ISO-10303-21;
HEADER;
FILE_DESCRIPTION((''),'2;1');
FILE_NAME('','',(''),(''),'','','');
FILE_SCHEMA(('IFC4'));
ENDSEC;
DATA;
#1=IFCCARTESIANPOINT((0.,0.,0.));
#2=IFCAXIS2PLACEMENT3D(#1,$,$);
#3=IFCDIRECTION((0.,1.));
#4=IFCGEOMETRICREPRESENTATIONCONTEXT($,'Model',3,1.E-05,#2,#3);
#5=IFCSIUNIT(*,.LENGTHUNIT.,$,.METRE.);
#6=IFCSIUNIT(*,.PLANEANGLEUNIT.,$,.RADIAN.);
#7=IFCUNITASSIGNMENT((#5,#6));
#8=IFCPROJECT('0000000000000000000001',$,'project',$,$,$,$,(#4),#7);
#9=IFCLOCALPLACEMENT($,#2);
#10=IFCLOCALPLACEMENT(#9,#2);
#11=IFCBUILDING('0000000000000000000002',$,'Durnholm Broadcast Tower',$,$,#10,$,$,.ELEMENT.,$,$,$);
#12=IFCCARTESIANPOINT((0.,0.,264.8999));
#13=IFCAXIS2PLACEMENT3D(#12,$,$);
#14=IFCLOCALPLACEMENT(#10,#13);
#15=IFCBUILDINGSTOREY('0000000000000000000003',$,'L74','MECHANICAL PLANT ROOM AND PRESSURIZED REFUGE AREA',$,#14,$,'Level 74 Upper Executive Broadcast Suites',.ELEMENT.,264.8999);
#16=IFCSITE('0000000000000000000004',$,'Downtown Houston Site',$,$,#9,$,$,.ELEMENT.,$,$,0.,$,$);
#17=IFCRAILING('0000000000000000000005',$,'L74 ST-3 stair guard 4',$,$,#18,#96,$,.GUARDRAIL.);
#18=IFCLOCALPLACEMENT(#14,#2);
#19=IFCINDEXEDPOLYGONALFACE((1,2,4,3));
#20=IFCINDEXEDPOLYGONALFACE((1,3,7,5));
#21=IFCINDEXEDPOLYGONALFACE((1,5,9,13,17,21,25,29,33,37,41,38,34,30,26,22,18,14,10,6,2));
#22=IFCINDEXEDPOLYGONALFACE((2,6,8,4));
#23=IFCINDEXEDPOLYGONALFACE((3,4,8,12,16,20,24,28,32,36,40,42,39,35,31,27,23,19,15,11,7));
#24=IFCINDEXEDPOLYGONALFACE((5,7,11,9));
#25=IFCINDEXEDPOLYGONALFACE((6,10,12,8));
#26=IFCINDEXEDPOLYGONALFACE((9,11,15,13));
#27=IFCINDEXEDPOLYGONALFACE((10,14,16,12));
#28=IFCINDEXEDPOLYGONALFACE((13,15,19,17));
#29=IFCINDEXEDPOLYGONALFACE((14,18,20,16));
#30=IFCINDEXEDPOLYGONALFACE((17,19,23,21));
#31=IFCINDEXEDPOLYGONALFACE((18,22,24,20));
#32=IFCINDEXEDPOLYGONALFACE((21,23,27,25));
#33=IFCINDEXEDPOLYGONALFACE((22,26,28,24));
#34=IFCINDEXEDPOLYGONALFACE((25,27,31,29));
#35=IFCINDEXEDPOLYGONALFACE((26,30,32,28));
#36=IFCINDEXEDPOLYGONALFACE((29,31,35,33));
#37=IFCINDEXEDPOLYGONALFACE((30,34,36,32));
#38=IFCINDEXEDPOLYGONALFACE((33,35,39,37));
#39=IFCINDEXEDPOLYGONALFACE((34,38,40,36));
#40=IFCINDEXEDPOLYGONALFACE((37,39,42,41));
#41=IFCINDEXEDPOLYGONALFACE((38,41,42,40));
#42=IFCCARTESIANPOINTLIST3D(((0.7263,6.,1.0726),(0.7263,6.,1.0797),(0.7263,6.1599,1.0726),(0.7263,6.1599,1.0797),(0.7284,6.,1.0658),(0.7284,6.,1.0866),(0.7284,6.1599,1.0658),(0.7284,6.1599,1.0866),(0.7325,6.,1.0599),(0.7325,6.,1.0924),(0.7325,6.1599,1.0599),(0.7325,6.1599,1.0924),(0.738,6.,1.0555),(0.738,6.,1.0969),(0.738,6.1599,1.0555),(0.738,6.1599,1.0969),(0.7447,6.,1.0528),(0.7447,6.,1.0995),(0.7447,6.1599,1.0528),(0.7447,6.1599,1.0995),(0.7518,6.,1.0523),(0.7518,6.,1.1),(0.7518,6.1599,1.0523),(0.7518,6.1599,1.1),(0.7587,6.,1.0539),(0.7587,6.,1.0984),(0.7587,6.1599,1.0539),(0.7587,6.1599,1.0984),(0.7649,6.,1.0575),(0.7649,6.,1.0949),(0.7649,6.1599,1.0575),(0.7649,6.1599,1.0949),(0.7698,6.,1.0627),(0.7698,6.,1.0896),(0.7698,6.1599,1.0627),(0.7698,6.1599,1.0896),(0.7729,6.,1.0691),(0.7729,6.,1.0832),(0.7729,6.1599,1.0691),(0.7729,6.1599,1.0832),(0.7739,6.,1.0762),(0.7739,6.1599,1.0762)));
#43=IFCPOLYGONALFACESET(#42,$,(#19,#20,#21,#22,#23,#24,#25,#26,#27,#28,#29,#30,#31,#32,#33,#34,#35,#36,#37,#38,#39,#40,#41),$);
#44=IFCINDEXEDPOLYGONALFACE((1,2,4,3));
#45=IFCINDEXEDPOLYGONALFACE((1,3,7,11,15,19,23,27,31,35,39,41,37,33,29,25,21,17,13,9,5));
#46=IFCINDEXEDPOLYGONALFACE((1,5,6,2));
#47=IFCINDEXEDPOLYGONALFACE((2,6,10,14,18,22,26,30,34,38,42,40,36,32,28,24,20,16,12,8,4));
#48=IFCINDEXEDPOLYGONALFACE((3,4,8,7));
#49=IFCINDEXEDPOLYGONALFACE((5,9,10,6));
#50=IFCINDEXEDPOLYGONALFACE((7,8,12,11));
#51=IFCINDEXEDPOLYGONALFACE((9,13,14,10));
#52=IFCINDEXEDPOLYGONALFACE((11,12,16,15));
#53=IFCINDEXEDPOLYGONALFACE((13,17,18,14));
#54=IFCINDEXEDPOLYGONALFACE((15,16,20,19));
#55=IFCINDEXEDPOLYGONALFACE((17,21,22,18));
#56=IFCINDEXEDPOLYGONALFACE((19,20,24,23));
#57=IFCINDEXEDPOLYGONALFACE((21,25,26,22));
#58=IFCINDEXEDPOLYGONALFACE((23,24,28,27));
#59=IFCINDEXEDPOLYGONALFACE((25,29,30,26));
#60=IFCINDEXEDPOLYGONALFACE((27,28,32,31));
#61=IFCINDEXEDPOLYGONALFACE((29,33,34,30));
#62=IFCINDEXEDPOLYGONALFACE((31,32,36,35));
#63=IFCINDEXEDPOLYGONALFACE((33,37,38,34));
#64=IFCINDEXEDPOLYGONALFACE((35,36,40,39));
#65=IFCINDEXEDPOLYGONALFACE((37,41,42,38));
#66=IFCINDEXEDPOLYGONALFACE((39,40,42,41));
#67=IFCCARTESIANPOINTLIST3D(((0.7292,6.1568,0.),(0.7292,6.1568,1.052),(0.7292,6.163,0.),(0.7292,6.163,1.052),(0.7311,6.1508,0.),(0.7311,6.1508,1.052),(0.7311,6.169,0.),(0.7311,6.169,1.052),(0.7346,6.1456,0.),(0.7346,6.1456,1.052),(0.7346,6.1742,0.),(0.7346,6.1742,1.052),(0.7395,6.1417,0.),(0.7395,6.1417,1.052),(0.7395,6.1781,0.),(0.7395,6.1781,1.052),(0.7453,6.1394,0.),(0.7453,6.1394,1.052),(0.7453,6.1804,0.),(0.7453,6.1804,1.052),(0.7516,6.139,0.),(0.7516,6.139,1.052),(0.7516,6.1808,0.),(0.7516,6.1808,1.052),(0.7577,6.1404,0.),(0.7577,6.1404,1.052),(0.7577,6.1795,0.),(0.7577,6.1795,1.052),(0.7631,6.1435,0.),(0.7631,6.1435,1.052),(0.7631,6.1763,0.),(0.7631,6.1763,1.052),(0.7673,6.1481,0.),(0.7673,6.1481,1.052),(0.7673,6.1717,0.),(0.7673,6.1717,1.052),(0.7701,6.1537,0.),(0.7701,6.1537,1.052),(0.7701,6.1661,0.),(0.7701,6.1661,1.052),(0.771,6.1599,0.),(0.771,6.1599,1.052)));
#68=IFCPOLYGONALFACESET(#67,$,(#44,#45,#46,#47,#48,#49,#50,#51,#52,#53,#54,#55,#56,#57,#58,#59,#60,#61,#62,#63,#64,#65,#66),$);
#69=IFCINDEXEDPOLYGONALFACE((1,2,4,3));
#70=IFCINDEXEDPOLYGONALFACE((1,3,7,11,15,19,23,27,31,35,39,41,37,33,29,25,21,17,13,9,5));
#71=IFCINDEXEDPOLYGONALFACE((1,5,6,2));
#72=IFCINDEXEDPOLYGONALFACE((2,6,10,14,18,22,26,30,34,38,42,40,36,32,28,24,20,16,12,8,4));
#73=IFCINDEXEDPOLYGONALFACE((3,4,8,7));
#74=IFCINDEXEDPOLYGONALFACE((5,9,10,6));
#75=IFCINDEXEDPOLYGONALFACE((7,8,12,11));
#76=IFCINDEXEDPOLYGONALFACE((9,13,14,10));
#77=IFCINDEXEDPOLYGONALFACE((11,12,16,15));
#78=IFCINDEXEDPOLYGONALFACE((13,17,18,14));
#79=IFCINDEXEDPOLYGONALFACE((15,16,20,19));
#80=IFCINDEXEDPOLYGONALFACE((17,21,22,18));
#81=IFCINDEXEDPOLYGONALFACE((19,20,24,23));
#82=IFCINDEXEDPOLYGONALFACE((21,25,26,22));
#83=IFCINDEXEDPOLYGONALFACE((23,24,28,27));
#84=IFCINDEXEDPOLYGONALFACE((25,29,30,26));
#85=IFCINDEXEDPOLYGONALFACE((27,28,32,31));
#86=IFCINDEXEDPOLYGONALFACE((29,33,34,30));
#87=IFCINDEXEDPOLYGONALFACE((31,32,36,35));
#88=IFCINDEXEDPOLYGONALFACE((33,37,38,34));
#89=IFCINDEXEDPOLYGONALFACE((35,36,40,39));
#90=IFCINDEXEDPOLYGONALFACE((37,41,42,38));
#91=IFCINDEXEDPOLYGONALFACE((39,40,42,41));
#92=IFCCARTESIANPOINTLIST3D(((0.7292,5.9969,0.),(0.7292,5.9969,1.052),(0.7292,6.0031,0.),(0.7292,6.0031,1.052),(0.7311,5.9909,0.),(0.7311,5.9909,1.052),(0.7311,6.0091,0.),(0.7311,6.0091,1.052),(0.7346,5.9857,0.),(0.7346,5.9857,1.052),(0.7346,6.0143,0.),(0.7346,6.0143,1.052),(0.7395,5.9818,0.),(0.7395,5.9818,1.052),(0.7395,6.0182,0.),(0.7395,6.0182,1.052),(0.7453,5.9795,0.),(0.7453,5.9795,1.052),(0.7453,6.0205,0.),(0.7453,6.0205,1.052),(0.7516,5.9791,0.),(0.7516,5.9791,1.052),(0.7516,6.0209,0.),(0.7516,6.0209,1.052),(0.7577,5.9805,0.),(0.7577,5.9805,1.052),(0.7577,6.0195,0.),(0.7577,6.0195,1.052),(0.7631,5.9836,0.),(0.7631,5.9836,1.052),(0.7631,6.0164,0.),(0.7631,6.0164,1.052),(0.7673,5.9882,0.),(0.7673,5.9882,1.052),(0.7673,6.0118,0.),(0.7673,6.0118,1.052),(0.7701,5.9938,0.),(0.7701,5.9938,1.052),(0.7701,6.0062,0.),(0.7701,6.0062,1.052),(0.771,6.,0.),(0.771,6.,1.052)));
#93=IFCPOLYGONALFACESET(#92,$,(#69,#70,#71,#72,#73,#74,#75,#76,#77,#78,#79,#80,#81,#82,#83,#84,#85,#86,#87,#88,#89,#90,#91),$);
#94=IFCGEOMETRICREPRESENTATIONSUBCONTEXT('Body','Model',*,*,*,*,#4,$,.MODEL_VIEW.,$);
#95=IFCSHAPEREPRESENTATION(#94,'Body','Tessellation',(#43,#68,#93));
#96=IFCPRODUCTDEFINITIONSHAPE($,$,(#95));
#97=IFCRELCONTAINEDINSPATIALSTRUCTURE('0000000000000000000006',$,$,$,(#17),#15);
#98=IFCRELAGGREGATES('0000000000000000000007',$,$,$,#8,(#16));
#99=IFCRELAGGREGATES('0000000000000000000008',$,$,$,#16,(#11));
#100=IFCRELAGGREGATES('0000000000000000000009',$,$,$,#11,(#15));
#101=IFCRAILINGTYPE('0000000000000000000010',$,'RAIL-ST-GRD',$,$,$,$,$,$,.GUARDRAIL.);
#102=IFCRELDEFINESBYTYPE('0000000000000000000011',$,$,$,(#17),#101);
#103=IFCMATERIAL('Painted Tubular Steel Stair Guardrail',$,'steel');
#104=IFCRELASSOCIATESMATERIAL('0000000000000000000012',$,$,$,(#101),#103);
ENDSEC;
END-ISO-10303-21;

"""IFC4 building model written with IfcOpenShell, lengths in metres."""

from ifc_helpers import new_model, si_unit, direction, frame, origin, origin_2d, place, context, subcontext, project, spatial, circle, extrude, material, type_object, element, save


model = new_model("IFC4")

# Units and contexts
model_context = context("Model", 3, precision=1e-05, world=origin(), true_north=direction((0.0, 1.0)))
body_context = subcontext(model_context, "Body", "Model", "MODEL_VIEW")
ifc_project = project(units=[si_unit("LENGTHUNIT", "METRE"), si_unit("PLANEANGLEUNIT", "RADIAN")], contexts=[model_context])

# Site, building, storey
site_placement = place(None, origin())
site = spatial("IfcSite", under=ifc_project, at=site_placement, Name="Downtown Houston Site", CompositionType="ELEMENT", RefElevation=0.0)
building_placement = place(site_placement, origin())
building = spatial("IfcBuilding", under=site, at=building_placement, Name="Durnholm Broadcast Tower", CompositionType="ELEMENT")
storey_placement = place(building_placement, frame((0.0, 0.0, 264.8999)))
storey = spatial("IfcBuildingStorey", under=building, at=storey_placement, Name="L74", Description="MECHANICAL PLANT ROOM AND PRESSURIZED REFUGE AREA", LongName="Level 74 Upper Executive Broadcast Suites", CompositionType="ELEMENT", Elevation=264.8999)

# Railing
ifc_material_1 = material(Name="Painted Tubular Steel Stair Guardrail", Category="steel")
railing_type = type_object("IfcRailingType", Name="RAIL-ST-GRD", PredefinedType="GUARDRAIL", material=ifc_material_1)
railing_1_placement = place(storey_placement, frame((0.75, 6.1599, 0.0)))
element("IfcRailing", 1, at=railing_1_placement, inside=storey, type_object=railing_type, Name="L74 ST-3 stair guard 4", PredefinedType="GUARDRAIL", context=body_context, shape_type="SweptSolid", body=[
    extrude(circle(Radius=0.0239, at=origin_2d()), frame((0.0, 0.0, 1.0762), z_axis=(0.0, -1.0, 0.0), x_axis=(1.0, 0.0, 0.0)), (0.0, 0.0, 1.0), 0.1599),
    extrude(circle(Radius=0.021, at=origin_2d()), origin(), (0.0, 0.0, 1.0), 1.052),
    extrude(circle(Radius=0.021, at=origin_2d()), frame((0.0, -0.1599, 0.0)), (0.0, 0.0, 1.0), 1.052),
])

save(model, "model.ifc")
